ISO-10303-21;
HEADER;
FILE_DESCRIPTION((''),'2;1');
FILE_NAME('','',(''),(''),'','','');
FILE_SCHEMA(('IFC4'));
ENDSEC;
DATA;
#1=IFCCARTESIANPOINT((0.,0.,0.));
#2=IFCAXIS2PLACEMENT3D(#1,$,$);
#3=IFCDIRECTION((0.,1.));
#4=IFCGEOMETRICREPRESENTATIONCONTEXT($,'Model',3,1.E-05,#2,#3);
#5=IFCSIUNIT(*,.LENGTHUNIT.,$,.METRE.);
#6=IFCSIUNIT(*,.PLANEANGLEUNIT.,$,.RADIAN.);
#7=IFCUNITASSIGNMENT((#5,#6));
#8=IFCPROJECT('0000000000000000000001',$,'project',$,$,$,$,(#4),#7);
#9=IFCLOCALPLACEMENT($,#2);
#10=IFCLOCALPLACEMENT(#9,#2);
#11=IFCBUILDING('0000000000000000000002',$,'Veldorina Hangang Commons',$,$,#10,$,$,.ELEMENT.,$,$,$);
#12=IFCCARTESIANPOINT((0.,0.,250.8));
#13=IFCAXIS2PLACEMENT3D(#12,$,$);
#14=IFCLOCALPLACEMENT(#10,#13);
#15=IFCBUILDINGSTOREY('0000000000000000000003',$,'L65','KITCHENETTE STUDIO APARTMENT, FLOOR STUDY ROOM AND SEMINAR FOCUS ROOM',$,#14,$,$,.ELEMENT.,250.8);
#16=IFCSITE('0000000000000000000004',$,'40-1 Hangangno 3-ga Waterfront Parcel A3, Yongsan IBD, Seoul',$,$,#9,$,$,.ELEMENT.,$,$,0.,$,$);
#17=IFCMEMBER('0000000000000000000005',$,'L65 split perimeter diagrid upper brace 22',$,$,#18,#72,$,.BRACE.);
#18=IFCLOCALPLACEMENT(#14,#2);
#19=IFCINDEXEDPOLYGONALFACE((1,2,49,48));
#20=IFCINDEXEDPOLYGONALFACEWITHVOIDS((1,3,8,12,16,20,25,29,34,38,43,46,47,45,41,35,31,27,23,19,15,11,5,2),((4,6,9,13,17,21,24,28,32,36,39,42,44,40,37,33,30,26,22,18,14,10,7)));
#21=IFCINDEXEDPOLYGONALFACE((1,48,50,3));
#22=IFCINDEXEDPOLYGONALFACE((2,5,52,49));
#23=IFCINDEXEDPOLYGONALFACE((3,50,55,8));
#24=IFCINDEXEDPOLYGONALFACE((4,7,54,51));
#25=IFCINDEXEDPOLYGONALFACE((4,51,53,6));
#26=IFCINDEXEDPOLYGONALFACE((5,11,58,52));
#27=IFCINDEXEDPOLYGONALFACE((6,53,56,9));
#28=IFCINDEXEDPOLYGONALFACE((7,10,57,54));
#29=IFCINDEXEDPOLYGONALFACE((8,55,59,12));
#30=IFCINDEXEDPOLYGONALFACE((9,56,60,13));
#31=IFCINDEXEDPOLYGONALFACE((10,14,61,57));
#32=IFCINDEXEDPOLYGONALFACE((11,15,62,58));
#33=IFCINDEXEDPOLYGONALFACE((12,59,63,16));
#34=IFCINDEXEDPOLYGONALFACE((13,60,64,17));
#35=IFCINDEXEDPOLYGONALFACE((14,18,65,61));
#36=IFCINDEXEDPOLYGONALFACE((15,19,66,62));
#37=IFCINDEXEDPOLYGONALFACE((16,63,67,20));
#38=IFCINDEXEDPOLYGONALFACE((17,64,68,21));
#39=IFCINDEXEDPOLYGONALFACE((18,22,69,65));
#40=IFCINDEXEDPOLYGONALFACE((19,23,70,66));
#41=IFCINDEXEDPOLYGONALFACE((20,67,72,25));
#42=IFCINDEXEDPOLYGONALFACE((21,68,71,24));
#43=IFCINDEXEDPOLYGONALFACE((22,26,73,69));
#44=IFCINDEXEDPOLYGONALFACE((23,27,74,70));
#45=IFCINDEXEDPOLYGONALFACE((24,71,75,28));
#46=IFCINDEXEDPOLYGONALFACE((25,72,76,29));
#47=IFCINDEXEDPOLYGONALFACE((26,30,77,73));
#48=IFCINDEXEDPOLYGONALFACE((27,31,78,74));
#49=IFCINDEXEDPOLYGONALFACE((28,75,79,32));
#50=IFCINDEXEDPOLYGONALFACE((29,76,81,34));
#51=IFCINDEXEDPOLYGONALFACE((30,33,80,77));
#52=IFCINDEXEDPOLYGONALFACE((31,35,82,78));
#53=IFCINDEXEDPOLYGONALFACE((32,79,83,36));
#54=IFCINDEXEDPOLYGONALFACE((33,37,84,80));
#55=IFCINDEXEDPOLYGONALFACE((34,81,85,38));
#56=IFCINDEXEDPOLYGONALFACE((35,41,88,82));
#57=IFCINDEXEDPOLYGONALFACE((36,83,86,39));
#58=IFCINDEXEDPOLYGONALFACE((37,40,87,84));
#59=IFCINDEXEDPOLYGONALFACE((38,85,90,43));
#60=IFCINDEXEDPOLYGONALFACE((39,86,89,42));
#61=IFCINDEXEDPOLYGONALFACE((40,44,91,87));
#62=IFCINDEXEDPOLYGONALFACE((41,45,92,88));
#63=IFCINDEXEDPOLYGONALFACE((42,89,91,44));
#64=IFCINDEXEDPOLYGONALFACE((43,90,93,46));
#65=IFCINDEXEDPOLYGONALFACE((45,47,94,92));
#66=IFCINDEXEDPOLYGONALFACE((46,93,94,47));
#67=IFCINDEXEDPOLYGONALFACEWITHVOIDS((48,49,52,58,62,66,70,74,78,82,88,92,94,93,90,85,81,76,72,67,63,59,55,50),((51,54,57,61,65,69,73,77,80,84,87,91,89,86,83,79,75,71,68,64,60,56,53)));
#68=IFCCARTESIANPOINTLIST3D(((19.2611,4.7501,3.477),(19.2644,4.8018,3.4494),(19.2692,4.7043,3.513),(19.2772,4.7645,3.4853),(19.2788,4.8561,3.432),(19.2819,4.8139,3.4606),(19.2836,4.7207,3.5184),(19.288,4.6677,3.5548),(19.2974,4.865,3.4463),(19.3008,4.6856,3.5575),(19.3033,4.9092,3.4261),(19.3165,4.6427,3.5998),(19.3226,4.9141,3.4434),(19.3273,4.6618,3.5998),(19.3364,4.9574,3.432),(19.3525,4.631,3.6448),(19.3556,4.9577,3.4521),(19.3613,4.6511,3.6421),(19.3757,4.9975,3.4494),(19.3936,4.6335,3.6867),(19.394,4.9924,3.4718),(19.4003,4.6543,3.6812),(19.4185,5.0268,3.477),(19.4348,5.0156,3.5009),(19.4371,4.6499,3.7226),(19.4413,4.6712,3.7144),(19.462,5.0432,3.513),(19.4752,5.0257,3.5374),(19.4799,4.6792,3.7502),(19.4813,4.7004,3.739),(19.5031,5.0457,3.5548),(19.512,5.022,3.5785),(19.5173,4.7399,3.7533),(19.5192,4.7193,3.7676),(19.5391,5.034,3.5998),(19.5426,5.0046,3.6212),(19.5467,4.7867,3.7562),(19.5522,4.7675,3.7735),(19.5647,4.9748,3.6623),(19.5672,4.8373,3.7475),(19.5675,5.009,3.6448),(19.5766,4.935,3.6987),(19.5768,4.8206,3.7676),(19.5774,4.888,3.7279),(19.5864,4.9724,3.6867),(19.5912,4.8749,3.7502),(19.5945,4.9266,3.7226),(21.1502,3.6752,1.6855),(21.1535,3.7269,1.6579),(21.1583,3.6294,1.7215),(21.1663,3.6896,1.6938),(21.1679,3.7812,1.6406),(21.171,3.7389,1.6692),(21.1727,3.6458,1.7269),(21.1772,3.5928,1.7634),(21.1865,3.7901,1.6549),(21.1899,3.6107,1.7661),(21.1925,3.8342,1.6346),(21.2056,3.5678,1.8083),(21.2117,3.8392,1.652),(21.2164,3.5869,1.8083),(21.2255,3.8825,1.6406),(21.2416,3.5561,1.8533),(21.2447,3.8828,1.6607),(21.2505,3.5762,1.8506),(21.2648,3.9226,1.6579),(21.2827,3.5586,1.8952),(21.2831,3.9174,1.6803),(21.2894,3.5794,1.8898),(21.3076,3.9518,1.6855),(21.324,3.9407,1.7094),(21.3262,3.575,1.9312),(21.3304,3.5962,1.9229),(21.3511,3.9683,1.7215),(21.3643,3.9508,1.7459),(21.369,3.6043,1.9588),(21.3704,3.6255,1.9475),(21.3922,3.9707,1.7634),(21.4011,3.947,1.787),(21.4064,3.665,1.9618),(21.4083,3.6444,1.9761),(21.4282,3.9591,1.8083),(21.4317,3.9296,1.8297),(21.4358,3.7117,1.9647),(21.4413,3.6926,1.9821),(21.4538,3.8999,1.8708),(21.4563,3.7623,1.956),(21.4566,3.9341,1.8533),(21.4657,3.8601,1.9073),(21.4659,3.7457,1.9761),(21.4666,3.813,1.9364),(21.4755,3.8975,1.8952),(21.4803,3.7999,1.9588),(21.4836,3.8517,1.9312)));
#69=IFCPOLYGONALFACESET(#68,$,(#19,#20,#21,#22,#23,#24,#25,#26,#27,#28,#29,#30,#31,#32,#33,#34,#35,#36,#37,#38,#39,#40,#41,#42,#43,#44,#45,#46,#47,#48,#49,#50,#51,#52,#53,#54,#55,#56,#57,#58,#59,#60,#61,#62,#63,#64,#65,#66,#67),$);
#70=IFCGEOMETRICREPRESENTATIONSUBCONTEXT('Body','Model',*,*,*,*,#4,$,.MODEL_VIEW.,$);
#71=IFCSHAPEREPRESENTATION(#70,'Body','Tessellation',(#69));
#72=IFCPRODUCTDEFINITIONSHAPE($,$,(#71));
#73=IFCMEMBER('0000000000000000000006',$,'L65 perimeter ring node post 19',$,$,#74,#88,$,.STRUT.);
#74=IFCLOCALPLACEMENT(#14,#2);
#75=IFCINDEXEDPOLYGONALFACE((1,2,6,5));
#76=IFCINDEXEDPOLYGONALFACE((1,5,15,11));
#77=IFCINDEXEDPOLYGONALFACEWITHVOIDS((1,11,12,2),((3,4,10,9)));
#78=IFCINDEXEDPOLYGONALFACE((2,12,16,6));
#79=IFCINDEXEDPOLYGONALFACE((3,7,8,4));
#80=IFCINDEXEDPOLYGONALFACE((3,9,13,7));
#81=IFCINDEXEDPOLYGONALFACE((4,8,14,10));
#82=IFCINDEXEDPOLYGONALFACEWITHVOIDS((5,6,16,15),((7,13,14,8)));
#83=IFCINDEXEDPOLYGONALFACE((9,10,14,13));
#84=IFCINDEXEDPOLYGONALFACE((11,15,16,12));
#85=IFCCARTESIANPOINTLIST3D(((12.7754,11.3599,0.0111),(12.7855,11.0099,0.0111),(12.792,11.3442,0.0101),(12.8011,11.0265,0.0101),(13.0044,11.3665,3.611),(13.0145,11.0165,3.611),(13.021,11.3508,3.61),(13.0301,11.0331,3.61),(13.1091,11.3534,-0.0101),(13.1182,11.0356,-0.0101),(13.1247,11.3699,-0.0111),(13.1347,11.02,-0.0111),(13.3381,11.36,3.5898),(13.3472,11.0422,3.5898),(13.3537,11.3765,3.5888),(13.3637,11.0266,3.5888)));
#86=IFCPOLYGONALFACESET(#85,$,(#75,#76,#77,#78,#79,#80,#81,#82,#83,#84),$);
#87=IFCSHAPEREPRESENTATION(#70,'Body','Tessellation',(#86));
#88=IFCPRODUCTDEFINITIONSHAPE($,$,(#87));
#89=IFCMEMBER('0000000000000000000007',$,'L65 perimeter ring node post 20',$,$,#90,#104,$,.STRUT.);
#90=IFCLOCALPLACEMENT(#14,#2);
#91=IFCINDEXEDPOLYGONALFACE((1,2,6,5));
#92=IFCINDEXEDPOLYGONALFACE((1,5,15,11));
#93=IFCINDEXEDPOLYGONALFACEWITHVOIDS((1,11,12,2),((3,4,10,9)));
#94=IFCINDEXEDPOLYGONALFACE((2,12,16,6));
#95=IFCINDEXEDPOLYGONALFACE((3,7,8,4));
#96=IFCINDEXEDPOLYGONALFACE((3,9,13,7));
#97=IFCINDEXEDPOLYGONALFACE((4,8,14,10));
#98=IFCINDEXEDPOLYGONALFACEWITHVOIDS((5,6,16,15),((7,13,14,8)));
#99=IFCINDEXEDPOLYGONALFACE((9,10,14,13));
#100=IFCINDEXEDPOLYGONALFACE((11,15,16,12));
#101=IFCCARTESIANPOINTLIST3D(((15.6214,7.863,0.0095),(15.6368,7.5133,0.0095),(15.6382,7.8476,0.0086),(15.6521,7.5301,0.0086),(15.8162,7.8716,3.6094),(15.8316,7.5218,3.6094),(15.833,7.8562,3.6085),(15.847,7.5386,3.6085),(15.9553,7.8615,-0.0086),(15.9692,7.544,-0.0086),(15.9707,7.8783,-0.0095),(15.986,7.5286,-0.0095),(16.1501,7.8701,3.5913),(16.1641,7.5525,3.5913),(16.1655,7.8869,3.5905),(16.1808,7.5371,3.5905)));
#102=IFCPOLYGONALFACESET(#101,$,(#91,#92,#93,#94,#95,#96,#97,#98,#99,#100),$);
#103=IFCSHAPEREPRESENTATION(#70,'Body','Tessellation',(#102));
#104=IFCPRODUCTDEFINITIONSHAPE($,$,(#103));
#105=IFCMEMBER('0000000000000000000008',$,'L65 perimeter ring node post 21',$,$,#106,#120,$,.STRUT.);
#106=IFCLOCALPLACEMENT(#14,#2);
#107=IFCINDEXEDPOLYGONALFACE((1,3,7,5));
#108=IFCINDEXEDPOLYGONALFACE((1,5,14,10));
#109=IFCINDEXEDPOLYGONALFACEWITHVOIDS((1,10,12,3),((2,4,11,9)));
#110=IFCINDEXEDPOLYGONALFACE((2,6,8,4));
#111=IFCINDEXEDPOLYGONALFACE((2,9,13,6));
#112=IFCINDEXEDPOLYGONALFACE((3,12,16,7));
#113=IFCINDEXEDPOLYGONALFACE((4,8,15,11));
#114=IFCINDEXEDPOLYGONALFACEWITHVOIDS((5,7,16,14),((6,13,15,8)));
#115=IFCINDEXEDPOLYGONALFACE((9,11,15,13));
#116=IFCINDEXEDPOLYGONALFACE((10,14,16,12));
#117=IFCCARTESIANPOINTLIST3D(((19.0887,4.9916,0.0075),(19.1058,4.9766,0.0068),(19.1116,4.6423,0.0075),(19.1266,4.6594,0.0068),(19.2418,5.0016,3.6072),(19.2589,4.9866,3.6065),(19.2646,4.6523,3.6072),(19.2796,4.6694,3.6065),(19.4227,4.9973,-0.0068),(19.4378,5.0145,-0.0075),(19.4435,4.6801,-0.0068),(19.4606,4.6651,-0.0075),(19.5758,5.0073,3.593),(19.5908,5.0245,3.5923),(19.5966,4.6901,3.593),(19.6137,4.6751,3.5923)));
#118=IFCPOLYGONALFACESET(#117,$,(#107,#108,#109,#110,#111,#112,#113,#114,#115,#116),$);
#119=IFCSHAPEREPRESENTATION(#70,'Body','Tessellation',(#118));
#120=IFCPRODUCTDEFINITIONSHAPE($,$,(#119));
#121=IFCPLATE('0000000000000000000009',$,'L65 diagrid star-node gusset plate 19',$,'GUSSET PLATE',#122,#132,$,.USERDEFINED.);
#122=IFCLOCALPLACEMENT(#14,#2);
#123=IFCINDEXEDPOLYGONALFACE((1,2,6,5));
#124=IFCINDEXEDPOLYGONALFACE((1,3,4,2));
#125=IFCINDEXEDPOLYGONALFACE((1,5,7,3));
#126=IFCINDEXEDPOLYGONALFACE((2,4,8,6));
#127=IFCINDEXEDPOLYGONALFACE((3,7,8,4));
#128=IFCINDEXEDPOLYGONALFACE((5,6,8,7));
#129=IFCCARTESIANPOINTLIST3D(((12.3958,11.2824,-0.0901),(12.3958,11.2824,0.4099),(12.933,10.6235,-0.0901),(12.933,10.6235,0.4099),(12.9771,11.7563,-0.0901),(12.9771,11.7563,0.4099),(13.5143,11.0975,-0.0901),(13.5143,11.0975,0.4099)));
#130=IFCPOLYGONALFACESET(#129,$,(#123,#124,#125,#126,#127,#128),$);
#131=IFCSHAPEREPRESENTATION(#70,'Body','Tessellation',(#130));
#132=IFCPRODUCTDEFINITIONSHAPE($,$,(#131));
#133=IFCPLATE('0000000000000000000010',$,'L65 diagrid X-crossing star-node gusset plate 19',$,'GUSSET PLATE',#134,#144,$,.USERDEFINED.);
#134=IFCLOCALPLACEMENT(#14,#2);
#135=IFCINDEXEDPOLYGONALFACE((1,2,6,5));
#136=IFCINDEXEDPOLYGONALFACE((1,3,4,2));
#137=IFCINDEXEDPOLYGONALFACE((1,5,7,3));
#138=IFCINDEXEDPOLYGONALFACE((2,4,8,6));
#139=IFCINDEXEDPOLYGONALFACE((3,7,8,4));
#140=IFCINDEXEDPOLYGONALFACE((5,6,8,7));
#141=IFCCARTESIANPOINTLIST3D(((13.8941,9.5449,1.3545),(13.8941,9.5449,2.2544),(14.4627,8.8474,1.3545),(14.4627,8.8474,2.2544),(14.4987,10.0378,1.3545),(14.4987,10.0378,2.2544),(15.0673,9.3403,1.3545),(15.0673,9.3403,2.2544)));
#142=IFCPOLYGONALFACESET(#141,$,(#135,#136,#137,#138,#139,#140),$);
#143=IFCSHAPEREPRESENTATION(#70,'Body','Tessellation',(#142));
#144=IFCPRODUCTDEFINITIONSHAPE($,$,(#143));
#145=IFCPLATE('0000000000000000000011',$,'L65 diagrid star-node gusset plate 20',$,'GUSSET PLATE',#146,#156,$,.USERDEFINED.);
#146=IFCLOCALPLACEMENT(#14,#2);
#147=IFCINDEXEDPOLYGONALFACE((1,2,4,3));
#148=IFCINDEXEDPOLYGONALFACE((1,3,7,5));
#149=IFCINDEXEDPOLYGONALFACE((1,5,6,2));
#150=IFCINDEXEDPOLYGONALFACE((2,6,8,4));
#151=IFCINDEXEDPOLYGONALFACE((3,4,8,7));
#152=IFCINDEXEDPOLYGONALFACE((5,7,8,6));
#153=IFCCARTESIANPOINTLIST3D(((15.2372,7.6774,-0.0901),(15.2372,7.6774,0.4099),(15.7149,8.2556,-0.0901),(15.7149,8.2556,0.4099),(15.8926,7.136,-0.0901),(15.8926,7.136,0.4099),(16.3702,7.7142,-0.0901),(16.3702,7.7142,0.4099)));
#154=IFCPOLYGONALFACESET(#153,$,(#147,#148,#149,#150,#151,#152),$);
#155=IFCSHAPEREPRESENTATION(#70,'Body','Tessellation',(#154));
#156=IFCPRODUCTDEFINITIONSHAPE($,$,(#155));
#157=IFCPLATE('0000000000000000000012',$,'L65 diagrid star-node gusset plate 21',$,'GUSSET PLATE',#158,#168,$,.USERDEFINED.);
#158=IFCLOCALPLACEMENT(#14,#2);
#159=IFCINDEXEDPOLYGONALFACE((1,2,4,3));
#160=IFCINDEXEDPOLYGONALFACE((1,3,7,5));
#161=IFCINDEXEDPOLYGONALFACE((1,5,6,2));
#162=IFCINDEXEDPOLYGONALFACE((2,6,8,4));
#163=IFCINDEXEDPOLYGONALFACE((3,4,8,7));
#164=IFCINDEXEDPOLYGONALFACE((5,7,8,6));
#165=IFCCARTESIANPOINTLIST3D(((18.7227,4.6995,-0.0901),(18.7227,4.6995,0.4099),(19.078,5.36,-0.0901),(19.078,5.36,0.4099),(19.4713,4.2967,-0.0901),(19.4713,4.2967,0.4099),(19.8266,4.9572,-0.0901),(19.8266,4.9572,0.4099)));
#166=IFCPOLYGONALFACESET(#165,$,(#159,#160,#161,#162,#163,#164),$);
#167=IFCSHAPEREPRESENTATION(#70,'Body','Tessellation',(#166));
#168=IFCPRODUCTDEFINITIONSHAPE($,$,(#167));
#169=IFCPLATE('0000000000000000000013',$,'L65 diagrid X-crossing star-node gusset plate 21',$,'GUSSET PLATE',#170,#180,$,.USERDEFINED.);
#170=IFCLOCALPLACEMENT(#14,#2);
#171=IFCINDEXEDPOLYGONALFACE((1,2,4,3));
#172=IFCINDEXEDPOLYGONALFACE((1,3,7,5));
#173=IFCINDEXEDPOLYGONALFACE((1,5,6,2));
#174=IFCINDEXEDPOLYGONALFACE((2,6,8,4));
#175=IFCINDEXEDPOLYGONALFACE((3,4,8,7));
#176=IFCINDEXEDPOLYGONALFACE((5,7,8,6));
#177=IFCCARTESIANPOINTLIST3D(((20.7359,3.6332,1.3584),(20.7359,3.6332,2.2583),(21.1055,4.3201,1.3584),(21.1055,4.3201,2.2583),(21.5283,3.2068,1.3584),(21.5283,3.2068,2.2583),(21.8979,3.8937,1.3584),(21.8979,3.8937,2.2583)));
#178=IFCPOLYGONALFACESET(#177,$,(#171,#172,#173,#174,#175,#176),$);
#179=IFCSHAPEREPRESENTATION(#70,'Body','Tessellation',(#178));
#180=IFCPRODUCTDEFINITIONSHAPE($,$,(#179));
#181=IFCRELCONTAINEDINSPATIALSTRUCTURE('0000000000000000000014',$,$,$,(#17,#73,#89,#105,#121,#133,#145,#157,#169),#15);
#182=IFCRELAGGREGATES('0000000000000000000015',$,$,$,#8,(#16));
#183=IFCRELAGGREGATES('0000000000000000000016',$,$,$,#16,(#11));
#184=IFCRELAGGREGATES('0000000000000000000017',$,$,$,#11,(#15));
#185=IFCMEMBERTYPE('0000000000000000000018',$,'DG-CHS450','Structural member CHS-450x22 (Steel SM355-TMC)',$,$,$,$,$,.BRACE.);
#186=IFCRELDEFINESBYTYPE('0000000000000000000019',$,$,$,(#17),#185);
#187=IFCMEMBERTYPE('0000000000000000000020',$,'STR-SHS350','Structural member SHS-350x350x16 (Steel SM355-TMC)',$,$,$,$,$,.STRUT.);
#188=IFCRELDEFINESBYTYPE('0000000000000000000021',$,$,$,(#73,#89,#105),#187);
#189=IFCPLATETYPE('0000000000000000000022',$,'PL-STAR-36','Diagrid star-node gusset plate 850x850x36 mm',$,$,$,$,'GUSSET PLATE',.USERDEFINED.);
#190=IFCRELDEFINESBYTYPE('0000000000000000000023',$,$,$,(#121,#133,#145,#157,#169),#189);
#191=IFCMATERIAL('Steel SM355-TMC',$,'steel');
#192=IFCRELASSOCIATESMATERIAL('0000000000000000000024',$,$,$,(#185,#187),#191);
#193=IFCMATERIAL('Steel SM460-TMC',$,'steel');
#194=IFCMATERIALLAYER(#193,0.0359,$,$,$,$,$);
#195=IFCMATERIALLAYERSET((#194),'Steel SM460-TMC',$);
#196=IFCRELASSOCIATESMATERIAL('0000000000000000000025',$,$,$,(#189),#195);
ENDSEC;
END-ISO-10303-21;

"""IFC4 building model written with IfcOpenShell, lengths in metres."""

from ifc_helpers import new_model, si_unit, direction, frame, origin, origin_2d, place, context, subcontext, project, spatial, rectangle, hollow_rectangle, hollow_circle, extrude, material, layer, layer_set, material_profile, profile_set, type_object, element, save


model = new_model("IFC4")

# Units and contexts
model_context = context("Model", 3, precision=1e-05, world=origin(), true_north=direction((0.0, 1.0)))
body_context = subcontext(model_context, "Body", "Model", "MODEL_VIEW")
ifc_project = project(units=[si_unit("LENGTHUNIT", "METRE"), si_unit("PLANEANGLEUNIT", "RADIAN")], contexts=[model_context])

# Site, building, storey
site_placement = place(None, origin())
site = spatial("IfcSite", under=ifc_project, at=site_placement, Name="40-1 Hangangno 3-ga Waterfront Parcel A3, Yongsan IBD, Seoul", CompositionType="ELEMENT", RefElevation=0.0)
building_placement = place(site_placement, origin())
building = spatial("IfcBuilding", under=site, at=building_placement, Name="Veldorina Hangang Commons", CompositionType="ELEMENT")
storey_placement = place(building_placement, frame((0.0, 0.0, 250.8)))
storey = spatial("IfcBuildingStorey", under=building, at=storey_placement, Name="L65", Description="KITCHENETTE STUDIO APARTMENT, FLOOR STUDY ROOM AND SEMINAR FOCUS ROOM", CompositionType="ELEMENT", Elevation=250.8)

# Shared definitions
ifc_material_1 = material(Name="Steel SM355-TMC", Category="steel")

# Members
ifc_material_profile_1 = material_profile(ifc_material_1, hollow_circle(Radius=0.2251, WallThickness=0.022, at=origin_2d()), Name="CHS-450x22")
ifc_profile_set_1 = profile_set([ifc_material_profile_1], Name="Steel SM355-TMC")
member_type_1 = type_object("IfcMemberType", Name="DG-CHS450", Description="Structural member CHS-450x22 (Steel SM355-TMC)", PredefinedType="BRACE", material=ifc_profile_set_1)
member_1_placement = place(storey_placement, frame((21.3169, 3.7634, 1.8083), z_axis=(-0.670694, 0.381632, 0.636024), x_axis=(-0.494554, -0.869147, 0.0)))
element("IfcMember", 1, at=member_1_placement, inside=storey, type_object=member_type_1, Name="L65 split perimeter diagrid upper brace 22", PredefinedType="BRACE", context=body_context, shape_type="SweptSolid", body=[
    extrude(hollow_circle(Radius=0.2251, WallThickness=0.022, at=origin_2d()), origin(), (0.0, 0.0, 1.0), 2.8167),
])
ifc_material_profile_2 = material_profile(ifc_material_1, hollow_rectangle(XDim=0.3501, YDim=0.3501, WallThickness=0.0161, at=origin_2d()), Name="SHS-350x350x16")
ifc_profile_set_2 = profile_set([ifc_material_profile_2], Name="Steel SM355-TMC")
member_type_2 = type_object("IfcMemberType", Name="STR-SHS350", Description="Structural member SHS-350x350x16 (Steel SM355-TMC)", PredefinedType="STRUT", material=ifc_profile_set_2)
member_2_placement = place(storey_placement, frame((12.9551, 11.1899, 0.0), z_axis=(0.063486, 0.001827, 0.997981), x_axis=(-0.028773, 0.999586, 0.0)))
element("IfcMember", 2, at=member_2_placement, inside=storey, type_object=member_type_2, Name="L65 perimeter ring node post 19", PredefinedType="STRUT", context=body_context, shape_type="SweptSolid", body=[
    extrude(hollow_rectangle(XDim=0.3501, YDim=0.3501, WallThickness=0.0161, at=origin_2d()), origin(), (0.0, 0.0, 1.0), 3.6072),
])
member_3_placement = place(storey_placement, frame((15.8037, 7.6958, 0.0), z_axis=(0.054041, 0.00237, 0.998536), x_axis=(-0.043818, 0.99904, 0.0)))
element("IfcMember", 3, at=member_3_placement, inside=storey, type_object=member_type_2, Name="L65 perimeter ring node post 20", PredefinedType="STRUT", context=body_context, shape_type="SweptSolid", body=[
    extrude(hollow_rectangle(XDim=0.3501, YDim=0.3501, WallThickness=0.0161, at=origin_2d()), origin(), (0.0, 0.0, 1.0), 3.6052),
])
member_4_placement = place(storey_placement, frame((19.2747, 4.8284, 0.0), z_axis=(0.042484, 0.002778, 0.999093), x_axis=(-0.065251, 0.997869, 0.0)))
element("IfcMember", 4, at=member_4_placement, inside=storey, type_object=member_type_2, Name="L65 perimeter ring node post 21", PredefinedType="STRUT", context=body_context, shape_type="SweptSolid", body=[
    extrude(hollow_rectangle(XDim=0.3501, YDim=0.3501, WallThickness=0.0161, at=origin_2d()), origin(), (0.0, 0.0, 1.0), 3.603),
])

# Plates
ifc_material_2 = material(Name="Steel SM460-TMC", Category="steel")
ifc_layer_1 = layer(ifc_material_2, 0.0359)
ifc_layer_set_1 = layer_set([ifc_layer_1], Name="Steel SM460-TMC")
plate_type = type_object("IfcPlateType", Name="PL-STAR-36", Description="Diagrid star-node gusset plate 850x850x36 mm", ElementType="GUSSET PLATE", PredefinedType="USERDEFINED", material=ifc_layer_set_1)
plate_1_placement = place(storey_placement, frame((12.9551, 11.1899, -0.0901), z_axis=(0.0, 0.0, 1.0), x_axis=(0.631881, -0.775066, 0.0)))
element("IfcPlate", 5, at=plate_1_placement, inside=storey, type_object=plate_type, Name="L65 diagrid star-node gusset plate 19", ObjectType="GUSSET PLATE", PredefinedType="USERDEFINED", context=body_context, shape_type="SweptSolid", body=[
    extrude(rectangle(XDim=0.8501, YDim=0.75, at=origin_2d()), origin(), (0.0, 0.0, 1.0), 0.5),
])
plate_2_placement = place(storey_placement, frame((14.4807, 9.4426, 1.3545), z_axis=(0.0, 0.0, 1.0), x_axis=(0.631881, -0.775066, 0.0)))
element("IfcPlate", 6, at=plate_2_placement, inside=storey, type_object=plate_type, Name="L65 diagrid X-crossing star-node gusset plate 19", ObjectType="GUSSET PLATE", PredefinedType="USERDEFINED", context=body_context, shape_type="SweptSolid", body=[
    extrude(rectangle(XDim=0.8999, YDim=0.78, at=origin_2d()), origin(), (0.0, 0.0, 1.0), 0.8999),
])
for number, where, z_axis, x_axis, name in (
    (7, (15.8037, 7.6958, -0.0901), (0.0, 0.0, 1.0), (0.770947, -0.636899, 0.0), "L65 diagrid star-node gusset plate 20"),
    (8, (19.2747, 4.8284, -0.0901), (0.0, 0.0, 1.0), (0.880618, -0.473827, 0.0), "L65 diagrid star-node gusset plate 21"),
):
    element("IfcPlate", number, at=place(storey_placement, frame(where, z_axis=z_axis, x_axis=x_axis)), inside=storey, type_object=plate_type, Name=name, ObjectType="GUSSET PLATE", PredefinedType="USERDEFINED", context=body_context, shape_type="SweptSolid", body=[
        extrude(rectangle(XDim=0.8501, YDim=0.75, at=origin_2d()), origin(), (0.0, 0.0, 1.0), 0.5),
    ])
plate_3_placement = place(storey_placement, frame((21.3169, 3.7634, 1.3584), z_axis=(0.0, 0.0, 1.0), x_axis=(0.880618, -0.473827, 0.0)))
element("IfcPlate", 9, at=plate_3_placement, inside=storey, type_object=plate_type, Name="L65 diagrid X-crossing star-node gusset plate 21", ObjectType="GUSSET PLATE", PredefinedType="USERDEFINED", context=body_context, shape_type="SweptSolid", body=[
    extrude(rectangle(XDim=0.8999, YDim=0.78, at=origin_2d()), origin(), (0.0, 0.0, 1.0), 0.8999),
])

save(model, "model.ifc")
